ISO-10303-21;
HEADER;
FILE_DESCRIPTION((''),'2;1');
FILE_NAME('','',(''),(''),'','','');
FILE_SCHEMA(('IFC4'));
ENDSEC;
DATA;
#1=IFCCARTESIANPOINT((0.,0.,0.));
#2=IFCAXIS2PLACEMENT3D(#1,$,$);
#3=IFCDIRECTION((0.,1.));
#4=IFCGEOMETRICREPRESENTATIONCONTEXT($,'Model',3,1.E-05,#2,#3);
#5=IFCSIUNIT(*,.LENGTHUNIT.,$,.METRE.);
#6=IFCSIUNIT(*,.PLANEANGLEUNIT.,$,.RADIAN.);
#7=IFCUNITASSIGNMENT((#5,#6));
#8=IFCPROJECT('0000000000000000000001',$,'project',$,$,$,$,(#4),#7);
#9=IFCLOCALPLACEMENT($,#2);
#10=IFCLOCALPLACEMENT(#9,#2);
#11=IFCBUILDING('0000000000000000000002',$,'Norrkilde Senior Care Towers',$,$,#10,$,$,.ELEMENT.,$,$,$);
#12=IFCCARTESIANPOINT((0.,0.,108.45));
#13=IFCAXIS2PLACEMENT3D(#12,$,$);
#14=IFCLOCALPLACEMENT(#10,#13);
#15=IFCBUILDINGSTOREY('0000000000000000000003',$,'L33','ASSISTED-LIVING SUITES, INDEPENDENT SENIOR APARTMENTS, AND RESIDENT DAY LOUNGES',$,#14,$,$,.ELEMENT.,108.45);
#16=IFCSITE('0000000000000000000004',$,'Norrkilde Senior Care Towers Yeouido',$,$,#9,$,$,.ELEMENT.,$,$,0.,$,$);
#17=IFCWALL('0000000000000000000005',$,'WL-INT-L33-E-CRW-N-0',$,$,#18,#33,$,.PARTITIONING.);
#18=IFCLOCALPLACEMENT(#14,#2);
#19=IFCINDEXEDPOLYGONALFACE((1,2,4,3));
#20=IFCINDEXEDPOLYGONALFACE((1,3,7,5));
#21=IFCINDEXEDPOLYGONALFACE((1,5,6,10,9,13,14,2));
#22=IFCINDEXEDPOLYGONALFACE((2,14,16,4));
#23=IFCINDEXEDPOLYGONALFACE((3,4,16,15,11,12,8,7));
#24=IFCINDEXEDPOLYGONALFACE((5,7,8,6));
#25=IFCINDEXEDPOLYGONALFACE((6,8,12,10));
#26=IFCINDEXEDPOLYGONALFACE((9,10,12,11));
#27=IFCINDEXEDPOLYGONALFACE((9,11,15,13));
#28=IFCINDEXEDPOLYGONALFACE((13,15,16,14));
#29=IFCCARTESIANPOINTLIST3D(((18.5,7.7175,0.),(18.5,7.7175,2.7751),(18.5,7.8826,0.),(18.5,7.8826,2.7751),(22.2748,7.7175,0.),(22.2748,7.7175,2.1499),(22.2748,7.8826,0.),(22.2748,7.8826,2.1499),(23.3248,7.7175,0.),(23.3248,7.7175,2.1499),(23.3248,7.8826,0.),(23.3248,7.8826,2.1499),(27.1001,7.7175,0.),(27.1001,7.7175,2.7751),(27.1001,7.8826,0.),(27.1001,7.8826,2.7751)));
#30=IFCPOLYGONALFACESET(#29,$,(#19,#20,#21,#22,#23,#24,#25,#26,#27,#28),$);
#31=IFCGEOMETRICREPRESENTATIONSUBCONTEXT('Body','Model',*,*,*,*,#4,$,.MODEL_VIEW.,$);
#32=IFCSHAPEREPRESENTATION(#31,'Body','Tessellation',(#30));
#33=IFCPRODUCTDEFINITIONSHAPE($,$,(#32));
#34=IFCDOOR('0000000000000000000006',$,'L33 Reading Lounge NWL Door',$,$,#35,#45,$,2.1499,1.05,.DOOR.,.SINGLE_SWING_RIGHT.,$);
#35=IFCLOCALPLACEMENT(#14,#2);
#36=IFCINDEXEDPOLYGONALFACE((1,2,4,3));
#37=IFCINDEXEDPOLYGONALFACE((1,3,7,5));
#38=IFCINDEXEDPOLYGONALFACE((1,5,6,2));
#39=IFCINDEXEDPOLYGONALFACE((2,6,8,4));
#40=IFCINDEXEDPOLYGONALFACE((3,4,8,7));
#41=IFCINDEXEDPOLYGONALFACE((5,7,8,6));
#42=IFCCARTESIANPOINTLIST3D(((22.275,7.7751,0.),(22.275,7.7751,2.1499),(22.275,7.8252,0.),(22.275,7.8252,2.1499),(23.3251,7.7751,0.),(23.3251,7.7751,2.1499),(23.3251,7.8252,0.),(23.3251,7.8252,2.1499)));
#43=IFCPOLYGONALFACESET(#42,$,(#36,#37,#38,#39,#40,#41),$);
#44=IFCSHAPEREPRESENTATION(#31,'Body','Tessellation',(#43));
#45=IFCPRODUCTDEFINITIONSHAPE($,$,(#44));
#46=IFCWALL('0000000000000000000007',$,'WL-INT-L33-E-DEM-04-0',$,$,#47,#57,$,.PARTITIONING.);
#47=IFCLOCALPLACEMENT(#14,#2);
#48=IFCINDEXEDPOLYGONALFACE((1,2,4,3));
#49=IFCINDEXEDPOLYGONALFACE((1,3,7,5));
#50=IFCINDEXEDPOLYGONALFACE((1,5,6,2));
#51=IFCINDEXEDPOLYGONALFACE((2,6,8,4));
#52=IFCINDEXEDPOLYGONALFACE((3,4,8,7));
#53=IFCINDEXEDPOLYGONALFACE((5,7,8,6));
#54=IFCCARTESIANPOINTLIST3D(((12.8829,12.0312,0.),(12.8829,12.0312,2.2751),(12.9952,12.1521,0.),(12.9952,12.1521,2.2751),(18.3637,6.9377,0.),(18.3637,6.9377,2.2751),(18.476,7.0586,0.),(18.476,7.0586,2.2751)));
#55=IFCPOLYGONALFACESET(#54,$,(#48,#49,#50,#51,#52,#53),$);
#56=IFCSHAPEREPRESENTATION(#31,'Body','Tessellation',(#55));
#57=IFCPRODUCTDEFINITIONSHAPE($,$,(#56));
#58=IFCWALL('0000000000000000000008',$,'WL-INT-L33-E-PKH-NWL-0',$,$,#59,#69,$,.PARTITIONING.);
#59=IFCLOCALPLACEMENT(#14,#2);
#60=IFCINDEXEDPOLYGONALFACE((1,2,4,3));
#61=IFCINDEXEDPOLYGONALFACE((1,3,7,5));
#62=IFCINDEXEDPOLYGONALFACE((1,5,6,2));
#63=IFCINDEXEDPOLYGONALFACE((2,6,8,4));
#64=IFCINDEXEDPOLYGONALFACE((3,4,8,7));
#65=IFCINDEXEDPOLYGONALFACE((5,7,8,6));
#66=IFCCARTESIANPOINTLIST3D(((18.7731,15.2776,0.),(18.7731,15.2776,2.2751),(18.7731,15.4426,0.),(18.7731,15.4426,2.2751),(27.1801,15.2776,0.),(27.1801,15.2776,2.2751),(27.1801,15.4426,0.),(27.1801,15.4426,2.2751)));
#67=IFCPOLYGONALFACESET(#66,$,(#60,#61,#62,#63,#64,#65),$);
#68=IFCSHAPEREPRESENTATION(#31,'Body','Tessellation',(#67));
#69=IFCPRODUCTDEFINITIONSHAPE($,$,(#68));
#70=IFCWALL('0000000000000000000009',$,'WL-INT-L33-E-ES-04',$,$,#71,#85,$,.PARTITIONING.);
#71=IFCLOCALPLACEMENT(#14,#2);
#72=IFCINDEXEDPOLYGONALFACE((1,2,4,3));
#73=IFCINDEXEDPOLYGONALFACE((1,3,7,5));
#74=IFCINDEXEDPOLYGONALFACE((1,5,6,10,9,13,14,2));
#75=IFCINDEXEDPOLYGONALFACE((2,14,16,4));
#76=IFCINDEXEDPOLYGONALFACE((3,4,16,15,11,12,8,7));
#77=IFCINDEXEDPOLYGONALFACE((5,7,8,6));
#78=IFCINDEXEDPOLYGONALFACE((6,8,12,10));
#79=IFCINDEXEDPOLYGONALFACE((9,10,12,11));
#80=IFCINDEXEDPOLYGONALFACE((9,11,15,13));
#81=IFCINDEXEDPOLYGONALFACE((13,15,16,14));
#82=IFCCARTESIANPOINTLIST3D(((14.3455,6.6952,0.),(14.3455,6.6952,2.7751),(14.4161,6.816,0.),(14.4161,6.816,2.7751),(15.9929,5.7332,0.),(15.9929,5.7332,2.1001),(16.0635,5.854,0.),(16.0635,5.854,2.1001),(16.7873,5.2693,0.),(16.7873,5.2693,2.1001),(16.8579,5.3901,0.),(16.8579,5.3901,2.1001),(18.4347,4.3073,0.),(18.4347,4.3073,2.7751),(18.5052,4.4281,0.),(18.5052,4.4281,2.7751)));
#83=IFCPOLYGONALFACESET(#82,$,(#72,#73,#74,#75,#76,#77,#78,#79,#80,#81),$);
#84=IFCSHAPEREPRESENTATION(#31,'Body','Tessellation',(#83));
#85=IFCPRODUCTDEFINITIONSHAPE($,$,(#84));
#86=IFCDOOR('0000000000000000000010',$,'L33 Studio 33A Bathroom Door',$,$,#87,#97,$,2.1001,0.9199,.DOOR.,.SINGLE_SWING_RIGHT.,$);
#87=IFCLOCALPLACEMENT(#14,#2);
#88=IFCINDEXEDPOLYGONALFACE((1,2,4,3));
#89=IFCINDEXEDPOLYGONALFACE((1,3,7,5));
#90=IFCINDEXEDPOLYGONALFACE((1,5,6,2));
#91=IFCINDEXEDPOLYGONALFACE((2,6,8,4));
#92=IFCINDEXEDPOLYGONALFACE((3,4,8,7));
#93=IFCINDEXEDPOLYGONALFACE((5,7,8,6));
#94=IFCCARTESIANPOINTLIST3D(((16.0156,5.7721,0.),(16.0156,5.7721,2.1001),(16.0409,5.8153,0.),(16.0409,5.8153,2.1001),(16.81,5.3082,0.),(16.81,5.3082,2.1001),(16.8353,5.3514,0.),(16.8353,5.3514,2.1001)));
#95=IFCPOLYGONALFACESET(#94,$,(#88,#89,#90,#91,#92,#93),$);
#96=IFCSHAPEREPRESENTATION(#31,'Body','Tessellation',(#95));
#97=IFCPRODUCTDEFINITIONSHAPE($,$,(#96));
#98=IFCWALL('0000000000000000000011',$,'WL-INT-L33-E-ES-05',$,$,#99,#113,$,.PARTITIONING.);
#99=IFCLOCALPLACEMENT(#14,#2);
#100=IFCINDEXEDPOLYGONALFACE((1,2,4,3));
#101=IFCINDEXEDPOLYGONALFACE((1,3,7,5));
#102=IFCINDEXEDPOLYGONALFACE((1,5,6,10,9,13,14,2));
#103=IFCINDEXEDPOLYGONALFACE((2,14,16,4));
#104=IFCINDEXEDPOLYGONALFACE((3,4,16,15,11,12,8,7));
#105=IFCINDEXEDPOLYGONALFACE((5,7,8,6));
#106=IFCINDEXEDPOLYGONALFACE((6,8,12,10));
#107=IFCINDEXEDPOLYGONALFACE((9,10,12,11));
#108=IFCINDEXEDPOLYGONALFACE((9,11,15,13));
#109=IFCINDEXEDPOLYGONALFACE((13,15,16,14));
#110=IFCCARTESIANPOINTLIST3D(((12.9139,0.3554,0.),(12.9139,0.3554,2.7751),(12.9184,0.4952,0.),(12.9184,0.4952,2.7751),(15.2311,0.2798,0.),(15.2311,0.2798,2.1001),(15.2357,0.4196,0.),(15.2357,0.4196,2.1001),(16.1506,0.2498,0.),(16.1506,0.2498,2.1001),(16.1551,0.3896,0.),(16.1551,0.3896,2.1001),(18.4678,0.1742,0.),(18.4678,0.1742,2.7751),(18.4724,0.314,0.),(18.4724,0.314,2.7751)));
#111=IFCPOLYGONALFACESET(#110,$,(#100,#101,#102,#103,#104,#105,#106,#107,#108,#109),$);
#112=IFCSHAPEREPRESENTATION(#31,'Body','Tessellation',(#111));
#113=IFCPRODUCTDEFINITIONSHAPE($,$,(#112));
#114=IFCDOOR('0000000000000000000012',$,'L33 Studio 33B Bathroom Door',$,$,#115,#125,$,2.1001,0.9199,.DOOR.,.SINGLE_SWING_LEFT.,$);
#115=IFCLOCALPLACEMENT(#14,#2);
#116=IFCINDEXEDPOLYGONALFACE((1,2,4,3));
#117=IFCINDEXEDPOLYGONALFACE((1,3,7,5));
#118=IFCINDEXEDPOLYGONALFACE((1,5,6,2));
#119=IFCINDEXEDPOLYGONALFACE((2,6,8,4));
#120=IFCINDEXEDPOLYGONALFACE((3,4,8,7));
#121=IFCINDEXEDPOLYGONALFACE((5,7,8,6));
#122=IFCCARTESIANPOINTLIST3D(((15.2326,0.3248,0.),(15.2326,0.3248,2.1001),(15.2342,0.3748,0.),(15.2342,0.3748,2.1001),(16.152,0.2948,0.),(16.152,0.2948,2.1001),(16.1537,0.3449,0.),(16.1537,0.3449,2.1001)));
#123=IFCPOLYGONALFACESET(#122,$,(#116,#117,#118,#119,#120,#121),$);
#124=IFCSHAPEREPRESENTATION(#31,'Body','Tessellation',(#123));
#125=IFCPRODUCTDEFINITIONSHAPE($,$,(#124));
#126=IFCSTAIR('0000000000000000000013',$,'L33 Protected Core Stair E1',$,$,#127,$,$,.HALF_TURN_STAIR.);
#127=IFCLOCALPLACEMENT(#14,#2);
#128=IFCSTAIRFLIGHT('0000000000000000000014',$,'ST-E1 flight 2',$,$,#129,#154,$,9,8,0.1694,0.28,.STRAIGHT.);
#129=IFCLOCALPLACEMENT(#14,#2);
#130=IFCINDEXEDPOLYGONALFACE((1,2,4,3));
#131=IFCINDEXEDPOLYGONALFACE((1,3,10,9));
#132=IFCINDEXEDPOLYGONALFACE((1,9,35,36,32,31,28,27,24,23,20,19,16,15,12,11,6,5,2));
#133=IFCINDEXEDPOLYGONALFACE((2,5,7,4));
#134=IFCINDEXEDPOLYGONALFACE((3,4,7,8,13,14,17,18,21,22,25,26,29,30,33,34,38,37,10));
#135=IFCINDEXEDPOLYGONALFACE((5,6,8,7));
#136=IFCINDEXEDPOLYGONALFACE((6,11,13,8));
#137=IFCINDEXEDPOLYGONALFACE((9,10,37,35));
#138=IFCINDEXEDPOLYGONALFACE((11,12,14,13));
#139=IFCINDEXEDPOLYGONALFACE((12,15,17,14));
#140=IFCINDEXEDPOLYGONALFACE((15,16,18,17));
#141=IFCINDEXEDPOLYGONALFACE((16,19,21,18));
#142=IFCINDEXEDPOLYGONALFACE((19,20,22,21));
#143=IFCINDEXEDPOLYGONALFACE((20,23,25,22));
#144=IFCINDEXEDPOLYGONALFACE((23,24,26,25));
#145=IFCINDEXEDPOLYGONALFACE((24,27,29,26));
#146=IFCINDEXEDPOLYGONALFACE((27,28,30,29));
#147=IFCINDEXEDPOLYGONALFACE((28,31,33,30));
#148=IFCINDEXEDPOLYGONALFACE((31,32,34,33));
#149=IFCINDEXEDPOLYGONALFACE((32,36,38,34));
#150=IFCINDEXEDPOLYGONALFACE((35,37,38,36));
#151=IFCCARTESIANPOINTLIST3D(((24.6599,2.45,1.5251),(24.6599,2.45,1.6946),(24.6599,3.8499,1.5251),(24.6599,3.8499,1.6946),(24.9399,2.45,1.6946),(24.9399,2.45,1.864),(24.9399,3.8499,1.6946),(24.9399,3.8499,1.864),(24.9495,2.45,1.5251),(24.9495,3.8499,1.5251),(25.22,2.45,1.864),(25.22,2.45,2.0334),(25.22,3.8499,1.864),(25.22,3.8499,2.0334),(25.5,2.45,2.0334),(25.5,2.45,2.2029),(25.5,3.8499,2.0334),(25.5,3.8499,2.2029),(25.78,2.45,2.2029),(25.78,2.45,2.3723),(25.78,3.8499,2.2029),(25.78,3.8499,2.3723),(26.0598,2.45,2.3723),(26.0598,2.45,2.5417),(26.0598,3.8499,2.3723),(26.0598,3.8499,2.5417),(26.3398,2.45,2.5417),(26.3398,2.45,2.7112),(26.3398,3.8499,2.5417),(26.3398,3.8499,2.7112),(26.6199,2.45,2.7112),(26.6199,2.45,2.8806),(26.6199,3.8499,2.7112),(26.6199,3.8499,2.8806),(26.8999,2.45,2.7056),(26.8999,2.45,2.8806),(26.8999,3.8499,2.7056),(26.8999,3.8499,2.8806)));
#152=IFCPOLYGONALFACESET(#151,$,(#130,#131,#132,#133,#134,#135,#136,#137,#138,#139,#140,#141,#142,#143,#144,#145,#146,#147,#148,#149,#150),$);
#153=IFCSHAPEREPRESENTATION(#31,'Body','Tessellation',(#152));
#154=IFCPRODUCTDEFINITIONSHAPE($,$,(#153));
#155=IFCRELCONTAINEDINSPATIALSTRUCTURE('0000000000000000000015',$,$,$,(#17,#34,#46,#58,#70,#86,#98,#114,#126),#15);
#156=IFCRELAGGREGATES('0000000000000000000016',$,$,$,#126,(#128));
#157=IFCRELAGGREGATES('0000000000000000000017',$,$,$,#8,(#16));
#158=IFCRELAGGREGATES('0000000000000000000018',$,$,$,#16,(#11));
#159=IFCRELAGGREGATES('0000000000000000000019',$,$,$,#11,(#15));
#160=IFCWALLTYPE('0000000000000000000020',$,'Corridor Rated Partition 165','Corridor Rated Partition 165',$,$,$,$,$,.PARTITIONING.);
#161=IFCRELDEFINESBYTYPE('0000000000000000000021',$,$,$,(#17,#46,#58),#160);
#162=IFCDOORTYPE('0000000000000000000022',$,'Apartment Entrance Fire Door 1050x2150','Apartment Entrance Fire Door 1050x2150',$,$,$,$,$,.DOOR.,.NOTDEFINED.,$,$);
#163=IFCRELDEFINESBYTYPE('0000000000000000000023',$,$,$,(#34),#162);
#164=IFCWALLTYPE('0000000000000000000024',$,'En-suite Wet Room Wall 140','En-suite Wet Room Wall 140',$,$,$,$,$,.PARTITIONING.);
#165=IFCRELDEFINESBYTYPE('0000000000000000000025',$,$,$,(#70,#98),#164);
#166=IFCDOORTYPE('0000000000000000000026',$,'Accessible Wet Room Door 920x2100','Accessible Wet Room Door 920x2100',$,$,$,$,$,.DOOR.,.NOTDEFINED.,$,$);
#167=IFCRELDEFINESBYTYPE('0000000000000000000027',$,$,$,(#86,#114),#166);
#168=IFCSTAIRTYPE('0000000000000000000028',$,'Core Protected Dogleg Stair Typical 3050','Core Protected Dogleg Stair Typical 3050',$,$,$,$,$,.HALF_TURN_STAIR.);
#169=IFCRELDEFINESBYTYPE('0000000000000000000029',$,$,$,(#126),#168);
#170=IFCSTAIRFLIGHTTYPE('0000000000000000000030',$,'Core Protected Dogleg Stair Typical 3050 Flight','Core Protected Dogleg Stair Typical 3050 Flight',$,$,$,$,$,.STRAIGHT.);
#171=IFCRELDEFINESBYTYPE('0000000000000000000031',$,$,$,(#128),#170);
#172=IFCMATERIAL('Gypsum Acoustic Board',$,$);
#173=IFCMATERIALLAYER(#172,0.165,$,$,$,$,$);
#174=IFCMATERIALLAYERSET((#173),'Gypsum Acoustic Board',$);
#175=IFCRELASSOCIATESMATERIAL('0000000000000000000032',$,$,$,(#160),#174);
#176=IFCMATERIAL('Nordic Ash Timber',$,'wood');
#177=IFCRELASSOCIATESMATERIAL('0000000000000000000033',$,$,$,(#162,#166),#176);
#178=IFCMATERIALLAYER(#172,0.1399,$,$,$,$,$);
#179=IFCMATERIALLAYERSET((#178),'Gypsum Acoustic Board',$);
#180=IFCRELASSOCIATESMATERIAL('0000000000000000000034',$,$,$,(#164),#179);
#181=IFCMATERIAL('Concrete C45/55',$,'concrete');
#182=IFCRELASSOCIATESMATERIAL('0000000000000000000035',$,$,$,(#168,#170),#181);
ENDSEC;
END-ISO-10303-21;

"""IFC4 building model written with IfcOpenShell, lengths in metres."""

from ifc_helpers import new_model, si_unit, direction, frame, frame_2d, origin, place, context, subcontext, project, spatial, polyline, rectangle, outline, extrude, source, transform, mapped, material, layer, layer_set, type_object, type_shapes, element, fill, aggregate, save


model = new_model("IFC4")

# Units and contexts
model_context = context("Model", 3, precision=1e-05, world=origin(), true_north=direction((0.0, 1.0)))
body_context = subcontext(model_context, "Body", "Model", "MODEL_VIEW")
ifc_project = project(units=[si_unit("LENGTHUNIT", "METRE"), si_unit("PLANEANGLEUNIT", "RADIAN")], contexts=[model_context])

# Site, building, storey
site_placement = place(None, origin())
site = spatial("IfcSite", under=ifc_project, at=site_placement, Name="Norrkilde Senior Care Towers Yeouido", CompositionType="ELEMENT", RefElevation=0.0)
building_placement = place(site_placement, origin())
building = spatial("IfcBuilding", under=site, at=building_placement, Name="Norrkilde Senior Care Towers", CompositionType="ELEMENT")
storey_placement = place(building_placement, frame((0.0, 0.0, 108.45)))
storey = spatial("IfcBuildingStorey", under=building, at=storey_placement, Name="L33", Description="ASSISTED-LIVING SUITES, INDEPENDENT SENIOR APARTMENTS, AND RESIDENT DAY LOUNGES", CompositionType="ELEMENT", Elevation=108.45)

# Shared definitions
ifc_material_1 = material(Name="Concrete C45/55", Category="concrete")

# Wall, opening, door
ifc_material_2 = material(Name="Gypsum Acoustic Board")
ifc_layer_1 = layer(ifc_material_2, 0.165)
ifc_layer_set_1 = layer_set([ifc_layer_1], Name="Gypsum Acoustic Board")
wall_type_1 = type_object("IfcWallType", Name="Corridor Rated Partition 165", Description="Corridor Rated Partition 165", PredefinedType="PARTITIONING", material=ifc_layer_set_1)
shared_shape_1 = source(origin(), body_context, "Body", "SweptSolid", [
    extrude(rectangle(XDim=8.6001, YDim=0.165, at=frame_2d((4.3, 0.0))), origin(), (0.0, 0.0, 1.0), 2.7751),
])
wall_1_placement = place(storey_placement, frame((18.5, 7.8, 0.0), z_axis=(0.0, 0.0, 1.0), x_axis=(1.0, 0.0, 0.0)))
wall_1 = element("IfcWall", 1, at=wall_1_placement, inside=storey, type_object=wall_type_1, Name="WL-INT-L33-E-CRW-N-0", PredefinedType="PARTITIONING", context=body_context, shape_type="MappedRepresentation", body=[
    mapped(shared_shape_1, transform((0.0, 0.0, 0.0), x_axis=(1.0, 0.0, 0.0), y_axis=(0.0, 1.0, 0.0), z_axis=(0.0, 0.0, 1.0), scale=1.0)),
])
opening_1_placement = place(wall_1_placement, frame((3.7749, 0.0, 0.0)))
opening_1 = element("IfcOpeningElement", 2, at=opening_1_placement, cuts=wall_1, PredefinedType="OPENING", context=body_context, shape_type="SweptSolid", body=[
    extrude(rectangle(XDim=1.05, YDim=2.1499, at=frame_2d((0.5249, 1.075))), frame((0.0, 0.0925, 0.0), z_axis=(0.0, -1.0, 0.0), x_axis=(1.0, 0.0, 0.0)), (0.0, 0.0, 1.0), 0.1851),
])
ifc_material_3 = material(Name="Nordic Ash Timber", Category="wood")
door_type_1 = type_object("IfcDoorType", Name="Apartment Entrance Fire Door 1050x2150", Description="Apartment Entrance Fire Door 1050x2150", OperationType="NOTDEFINED", PredefinedType="DOOR", material=ifc_material_3)
shared_shape_2 = source(origin(), body_context, "Body", "SweptSolid", [
    extrude(rectangle(XDim=1.05, YDim=2.1499, at=frame_2d((0.5249, 1.075))), frame((0.0, 0.0249, 0.0), z_axis=(0.0, -1.0, 0.0), x_axis=(1.0, 0.0, 0.0)), (0.0, 0.0, 1.0), 0.05),
])
type_shapes(door_type_1, [shared_shape_2])
door_1_placement = place(opening_1_placement, frame((1.05, 0.0, 0.0), z_axis=(0.0, 0.0, 1.0), x_axis=(-1.0, 0.0, 0.0)))
door_1 = element("IfcDoor", 3, at=door_1_placement, inside=storey, type_object=door_type_1, Name="L33 Reading Lounge NWL Door", OperationType="SINGLE_SWING_RIGHT", OverallHeight=2.1499, OverallWidth=1.05, PredefinedType="DOOR", context=body_context, shape_type="MappedRepresentation", body=[
    mapped(shared_shape_2, transform((0.0, 0.0, 0.0), x_axis=(1.0, 0.0, 0.0), y_axis=(0.0, 1.0, 0.0), z_axis=(0.0, 0.0, 1.0), scale=1.0)),
])
fill(opening_1, door_1)

# Walls
shared_shape_3 = source(origin(), body_context, "Body", "SweptSolid", [
    extrude(rectangle(XDim=7.4822, YDim=0.165, at=frame_2d((3.7412, 0.0))), origin(), (0.0, 0.0, 1.0), 2.2751),
])
wall_2_placement = place(storey_placement, frame((18.4199, 6.998, 0.0), z_axis=(0.0, 0.0, 1.0), x_axis=(-0.732509, 0.680758, 0.0)))
element("IfcWall", 4, at=wall_2_placement, inside=storey, type_object=wall_type_1, Name="WL-INT-L33-E-DEM-04-0", PredefinedType="PARTITIONING", context=body_context, shape_type="MappedRepresentation", body=[
    mapped(shared_shape_3, transform((0.0, 0.0, 0.0), x_axis=(1.0, 0.0, 0.0), y_axis=(0.0, 1.0, 0.0), z_axis=(0.0, 0.0, 1.0), scale=1.0)),
])
shared_shape_4 = source(origin(), body_context, "Body", "SweptSolid", [
    extrude(rectangle(XDim=8.407, YDim=0.165, at=frame_2d((4.2036, 0.0))), origin(), (0.0, 0.0, 1.0), 2.2751),
])
type_shapes(wall_type_1, [shared_shape_1, shared_shape_3, shared_shape_4])
wall_3_placement = place(storey_placement, frame((18.7729, 15.3601, 0.0), z_axis=(0.0, 0.0, 1.0), x_axis=(1.0, 0.0, 0.0)))
element("IfcWall", 5, at=wall_3_placement, inside=storey, type_object=wall_type_1, Name="WL-INT-L33-E-PKH-NWL-0", PredefinedType="PARTITIONING", context=body_context, shape_type="MappedRepresentation", body=[
    mapped(shared_shape_4, transform((0.0, 0.0, 0.0), x_axis=(1.0, 0.0, 0.0), y_axis=(0.0, 1.0, 0.0), z_axis=(0.0, 0.0, 1.0), scale=1.0)),
])

# Walls, openings, doors
ifc_layer_2 = layer(ifc_material_2, 0.1399)
ifc_layer_set_2 = layer_set([ifc_layer_2], Name="Gypsum Acoustic Board")
wall_type_2 = type_object("IfcWallType", Name="En-suite Wet Room Wall 140", Description="En-suite Wet Room Wall 140", PredefinedType="PARTITIONING", material=ifc_layer_set_2)
shared_shape_5 = source(origin(), body_context, "Body", "SweptSolid", [
    extrude(rectangle(XDim=4.7354, YDim=0.1399, at=frame_2d((2.3677, 0.0))), origin(), (0.0, 0.0, 1.0), 2.7751),
])
wall_4_placement = place(storey_placement, frame((18.47, 4.3677, 0.0), z_axis=(0.0, 0.0, 1.0), x_axis=(-0.863538, 0.504284, 0.0)))
wall_4 = element("IfcWall", 6, at=wall_4_placement, inside=storey, type_object=wall_type_2, Name="WL-INT-L33-E-ES-04", PredefinedType="PARTITIONING", context=body_context, shape_type="MappedRepresentation", body=[
    mapped(shared_shape_5, transform((0.0, 0.0, 0.0), x_axis=(1.0, 0.0, 0.0), y_axis=(0.0, 1.0, 0.0), z_axis=(0.0, 0.0, 1.0), scale=1.0)),
])
opening_2_placement = place(wall_4_placement, frame((1.9077, 0.0, 0.0)))
opening_2 = element("IfcOpeningElement", 7, at=opening_2_placement, cuts=wall_4, PredefinedType="OPENING", context=body_context, shape_type="SweptSolid", body=[
    extrude(rectangle(XDim=0.9199, YDim=2.1001, at=frame_2d((0.46, 1.05))), frame((0.0, 0.0798, 0.0), z_axis=(0.0, -1.0, 0.0), x_axis=(1.0, 0.0, 0.0)), (0.0, 0.0, 1.0), 0.1599),
])
door_type_2 = type_object("IfcDoorType", Name="Accessible Wet Room Door 920x2100", Description="Accessible Wet Room Door 920x2100", OperationType="NOTDEFINED", PredefinedType="DOOR", material=ifc_material_3)
shared_shape_6 = source(origin(), body_context, "Body", "SweptSolid", [
    extrude(rectangle(XDim=0.9199, YDim=2.1001, at=frame_2d((0.46, 1.05))), frame((0.0, 0.0249, 0.0), z_axis=(0.0, -1.0, 0.0), x_axis=(1.0, 0.0, 0.0)), (0.0, 0.0, 1.0), 0.05),
])
type_shapes(door_type_2, [shared_shape_6])
door_2_placement = place(opening_2_placement, origin())
door_2 = element("IfcDoor", 8, at=door_2_placement, inside=storey, type_object=door_type_2, Name="L33 Studio 33A Bathroom Door", OperationType="SINGLE_SWING_RIGHT", OverallHeight=2.1001, OverallWidth=0.9199, PredefinedType="DOOR", context=body_context, shape_type="MappedRepresentation", body=[
    mapped(shared_shape_6, transform((0.0, 0.0, 0.0), x_axis=(1.0, 0.0, 0.0), y_axis=(0.0, 1.0, 0.0), z_axis=(0.0, 0.0, 1.0), scale=1.0)),
])
fill(opening_2, door_2)
shared_shape_7 = source(origin(), body_context, "Body", "SweptSolid", [
    extrude(rectangle(XDim=5.5569, YDim=0.1399, at=frame_2d((2.7783, 0.0))), origin(), (0.0, 0.0, 1.0), 2.7751),
])
type_shapes(wall_type_2, [shared_shape_5, shared_shape_7])
wall_5_placement = place(storey_placement, frame((18.47, 0.2441, 0.0), z_axis=(0.0, 0.0, 1.0), x_axis=(-0.999468, 0.032599, 0.0)))
wall_5 = element("IfcWall", 9, at=wall_5_placement, inside=storey, type_object=wall_type_2, Name="WL-INT-L33-E-ES-05", PredefinedType="PARTITIONING", context=body_context, shape_type="MappedRepresentation", body=[
    mapped(shared_shape_7, transform((0.0, 0.0, 0.0), x_axis=(1.0, 0.0, 0.0), y_axis=(0.0, 1.0, 0.0), z_axis=(0.0, 0.0, 1.0), scale=1.0)),
])
opening_3_placement = place(wall_5_placement, frame((2.3184, 0.0, 0.0)))
opening_3 = element("IfcOpeningElement", 10, at=opening_3_placement, cuts=wall_5, PredefinedType="OPENING", context=body_context, shape_type="SweptSolid", body=[
    extrude(rectangle(XDim=0.9199, YDim=2.1001, at=frame_2d((0.46, 1.05))), frame((0.0, 0.0798, 0.0), z_axis=(0.0, -1.0, 0.0), x_axis=(1.0, 0.0, 0.0)), (0.0, 0.0, 1.0), 0.1599),
])
door_3_placement = place(opening_3_placement, origin())
door_3 = element("IfcDoor", 11, at=door_3_placement, inside=storey, type_object=door_type_2, Name="L33 Studio 33B Bathroom Door", OperationType="SINGLE_SWING_LEFT", OverallHeight=2.1001, OverallWidth=0.9199, PredefinedType="DOOR", context=body_context, shape_type="MappedRepresentation", body=[
    mapped(shared_shape_6, transform((0.0, 0.0, 0.0), x_axis=(1.0, 0.0, 0.0), y_axis=(0.0, 1.0, 0.0), z_axis=(0.0, 0.0, 1.0), scale=1.0)),
])
fill(opening_3, door_3)

# Stair, stair flight
stair_type = type_object("IfcStairType", Name="Core Protected Dogleg Stair Typical 3050", Description="Core Protected Dogleg Stair Typical 3050", PredefinedType="HALF_TURN_STAIR", material=ifc_material_1)
stair_placement = place(storey_placement, origin())
stair = element("IfcStair", 12, at=stair_placement, inside=storey, type_object=stair_type, Name="L33 Protected Core Stair E1", PredefinedType="HALF_TURN_STAIR")
stair_flight_type = type_object("IfcStairFlightType", Name="Core Protected Dogleg Stair Typical 3050 Flight", Description="Core Protected Dogleg Stair Typical 3050 Flight", PredefinedType="STRAIGHT", material=ifc_material_1)
stair_flight_placement = place(storey_placement, frame((24.6599, 3.1499, 1.5251), z_axis=(0.0, 0.0, 1.0), x_axis=(1.0, 0.0, 0.0)))
stair_flight = element("IfcStairFlight", 13, at=stair_flight_placement, type_object=stair_flight_type, Name="ST-E1 flight 2", NumberOfRisers=9, NumberOfTreads=8, PredefinedType="STRAIGHT", RiserHeight=0.1694, TreadLength=0.28, context=body_context, shape_type="SweptSolid", body=[
    extrude(outline(polyline([(0.0, 0.0), (0.0, 0.1694), (0.28, 0.1694), (0.28, 0.3389), (0.5601, 0.3389), (0.5601, 0.5083), (0.8401, 0.5083), (0.8401, 0.6777), (1.1201, 0.6777), (1.1201, 0.8472), (1.3999, 0.8472), (1.3999, 1.0166), (1.6799, 1.0166), (1.6799, 1.186), (1.96, 1.186), (1.96, 1.3555), (2.24, 1.3555), (2.24, 1.5249), (2.24, 1.1804), (0.2896, 0.0), (0.0, 0.0)])), frame((0.0, 0.7, 0.0), z_axis=(0.0, -1.0, 0.0), x_axis=(1.0, 0.0, 0.0)), (0.0, 0.0, 1.0), 1.3999),
])
aggregate(stair, [stair_flight])

save(model, "model.ifc")
